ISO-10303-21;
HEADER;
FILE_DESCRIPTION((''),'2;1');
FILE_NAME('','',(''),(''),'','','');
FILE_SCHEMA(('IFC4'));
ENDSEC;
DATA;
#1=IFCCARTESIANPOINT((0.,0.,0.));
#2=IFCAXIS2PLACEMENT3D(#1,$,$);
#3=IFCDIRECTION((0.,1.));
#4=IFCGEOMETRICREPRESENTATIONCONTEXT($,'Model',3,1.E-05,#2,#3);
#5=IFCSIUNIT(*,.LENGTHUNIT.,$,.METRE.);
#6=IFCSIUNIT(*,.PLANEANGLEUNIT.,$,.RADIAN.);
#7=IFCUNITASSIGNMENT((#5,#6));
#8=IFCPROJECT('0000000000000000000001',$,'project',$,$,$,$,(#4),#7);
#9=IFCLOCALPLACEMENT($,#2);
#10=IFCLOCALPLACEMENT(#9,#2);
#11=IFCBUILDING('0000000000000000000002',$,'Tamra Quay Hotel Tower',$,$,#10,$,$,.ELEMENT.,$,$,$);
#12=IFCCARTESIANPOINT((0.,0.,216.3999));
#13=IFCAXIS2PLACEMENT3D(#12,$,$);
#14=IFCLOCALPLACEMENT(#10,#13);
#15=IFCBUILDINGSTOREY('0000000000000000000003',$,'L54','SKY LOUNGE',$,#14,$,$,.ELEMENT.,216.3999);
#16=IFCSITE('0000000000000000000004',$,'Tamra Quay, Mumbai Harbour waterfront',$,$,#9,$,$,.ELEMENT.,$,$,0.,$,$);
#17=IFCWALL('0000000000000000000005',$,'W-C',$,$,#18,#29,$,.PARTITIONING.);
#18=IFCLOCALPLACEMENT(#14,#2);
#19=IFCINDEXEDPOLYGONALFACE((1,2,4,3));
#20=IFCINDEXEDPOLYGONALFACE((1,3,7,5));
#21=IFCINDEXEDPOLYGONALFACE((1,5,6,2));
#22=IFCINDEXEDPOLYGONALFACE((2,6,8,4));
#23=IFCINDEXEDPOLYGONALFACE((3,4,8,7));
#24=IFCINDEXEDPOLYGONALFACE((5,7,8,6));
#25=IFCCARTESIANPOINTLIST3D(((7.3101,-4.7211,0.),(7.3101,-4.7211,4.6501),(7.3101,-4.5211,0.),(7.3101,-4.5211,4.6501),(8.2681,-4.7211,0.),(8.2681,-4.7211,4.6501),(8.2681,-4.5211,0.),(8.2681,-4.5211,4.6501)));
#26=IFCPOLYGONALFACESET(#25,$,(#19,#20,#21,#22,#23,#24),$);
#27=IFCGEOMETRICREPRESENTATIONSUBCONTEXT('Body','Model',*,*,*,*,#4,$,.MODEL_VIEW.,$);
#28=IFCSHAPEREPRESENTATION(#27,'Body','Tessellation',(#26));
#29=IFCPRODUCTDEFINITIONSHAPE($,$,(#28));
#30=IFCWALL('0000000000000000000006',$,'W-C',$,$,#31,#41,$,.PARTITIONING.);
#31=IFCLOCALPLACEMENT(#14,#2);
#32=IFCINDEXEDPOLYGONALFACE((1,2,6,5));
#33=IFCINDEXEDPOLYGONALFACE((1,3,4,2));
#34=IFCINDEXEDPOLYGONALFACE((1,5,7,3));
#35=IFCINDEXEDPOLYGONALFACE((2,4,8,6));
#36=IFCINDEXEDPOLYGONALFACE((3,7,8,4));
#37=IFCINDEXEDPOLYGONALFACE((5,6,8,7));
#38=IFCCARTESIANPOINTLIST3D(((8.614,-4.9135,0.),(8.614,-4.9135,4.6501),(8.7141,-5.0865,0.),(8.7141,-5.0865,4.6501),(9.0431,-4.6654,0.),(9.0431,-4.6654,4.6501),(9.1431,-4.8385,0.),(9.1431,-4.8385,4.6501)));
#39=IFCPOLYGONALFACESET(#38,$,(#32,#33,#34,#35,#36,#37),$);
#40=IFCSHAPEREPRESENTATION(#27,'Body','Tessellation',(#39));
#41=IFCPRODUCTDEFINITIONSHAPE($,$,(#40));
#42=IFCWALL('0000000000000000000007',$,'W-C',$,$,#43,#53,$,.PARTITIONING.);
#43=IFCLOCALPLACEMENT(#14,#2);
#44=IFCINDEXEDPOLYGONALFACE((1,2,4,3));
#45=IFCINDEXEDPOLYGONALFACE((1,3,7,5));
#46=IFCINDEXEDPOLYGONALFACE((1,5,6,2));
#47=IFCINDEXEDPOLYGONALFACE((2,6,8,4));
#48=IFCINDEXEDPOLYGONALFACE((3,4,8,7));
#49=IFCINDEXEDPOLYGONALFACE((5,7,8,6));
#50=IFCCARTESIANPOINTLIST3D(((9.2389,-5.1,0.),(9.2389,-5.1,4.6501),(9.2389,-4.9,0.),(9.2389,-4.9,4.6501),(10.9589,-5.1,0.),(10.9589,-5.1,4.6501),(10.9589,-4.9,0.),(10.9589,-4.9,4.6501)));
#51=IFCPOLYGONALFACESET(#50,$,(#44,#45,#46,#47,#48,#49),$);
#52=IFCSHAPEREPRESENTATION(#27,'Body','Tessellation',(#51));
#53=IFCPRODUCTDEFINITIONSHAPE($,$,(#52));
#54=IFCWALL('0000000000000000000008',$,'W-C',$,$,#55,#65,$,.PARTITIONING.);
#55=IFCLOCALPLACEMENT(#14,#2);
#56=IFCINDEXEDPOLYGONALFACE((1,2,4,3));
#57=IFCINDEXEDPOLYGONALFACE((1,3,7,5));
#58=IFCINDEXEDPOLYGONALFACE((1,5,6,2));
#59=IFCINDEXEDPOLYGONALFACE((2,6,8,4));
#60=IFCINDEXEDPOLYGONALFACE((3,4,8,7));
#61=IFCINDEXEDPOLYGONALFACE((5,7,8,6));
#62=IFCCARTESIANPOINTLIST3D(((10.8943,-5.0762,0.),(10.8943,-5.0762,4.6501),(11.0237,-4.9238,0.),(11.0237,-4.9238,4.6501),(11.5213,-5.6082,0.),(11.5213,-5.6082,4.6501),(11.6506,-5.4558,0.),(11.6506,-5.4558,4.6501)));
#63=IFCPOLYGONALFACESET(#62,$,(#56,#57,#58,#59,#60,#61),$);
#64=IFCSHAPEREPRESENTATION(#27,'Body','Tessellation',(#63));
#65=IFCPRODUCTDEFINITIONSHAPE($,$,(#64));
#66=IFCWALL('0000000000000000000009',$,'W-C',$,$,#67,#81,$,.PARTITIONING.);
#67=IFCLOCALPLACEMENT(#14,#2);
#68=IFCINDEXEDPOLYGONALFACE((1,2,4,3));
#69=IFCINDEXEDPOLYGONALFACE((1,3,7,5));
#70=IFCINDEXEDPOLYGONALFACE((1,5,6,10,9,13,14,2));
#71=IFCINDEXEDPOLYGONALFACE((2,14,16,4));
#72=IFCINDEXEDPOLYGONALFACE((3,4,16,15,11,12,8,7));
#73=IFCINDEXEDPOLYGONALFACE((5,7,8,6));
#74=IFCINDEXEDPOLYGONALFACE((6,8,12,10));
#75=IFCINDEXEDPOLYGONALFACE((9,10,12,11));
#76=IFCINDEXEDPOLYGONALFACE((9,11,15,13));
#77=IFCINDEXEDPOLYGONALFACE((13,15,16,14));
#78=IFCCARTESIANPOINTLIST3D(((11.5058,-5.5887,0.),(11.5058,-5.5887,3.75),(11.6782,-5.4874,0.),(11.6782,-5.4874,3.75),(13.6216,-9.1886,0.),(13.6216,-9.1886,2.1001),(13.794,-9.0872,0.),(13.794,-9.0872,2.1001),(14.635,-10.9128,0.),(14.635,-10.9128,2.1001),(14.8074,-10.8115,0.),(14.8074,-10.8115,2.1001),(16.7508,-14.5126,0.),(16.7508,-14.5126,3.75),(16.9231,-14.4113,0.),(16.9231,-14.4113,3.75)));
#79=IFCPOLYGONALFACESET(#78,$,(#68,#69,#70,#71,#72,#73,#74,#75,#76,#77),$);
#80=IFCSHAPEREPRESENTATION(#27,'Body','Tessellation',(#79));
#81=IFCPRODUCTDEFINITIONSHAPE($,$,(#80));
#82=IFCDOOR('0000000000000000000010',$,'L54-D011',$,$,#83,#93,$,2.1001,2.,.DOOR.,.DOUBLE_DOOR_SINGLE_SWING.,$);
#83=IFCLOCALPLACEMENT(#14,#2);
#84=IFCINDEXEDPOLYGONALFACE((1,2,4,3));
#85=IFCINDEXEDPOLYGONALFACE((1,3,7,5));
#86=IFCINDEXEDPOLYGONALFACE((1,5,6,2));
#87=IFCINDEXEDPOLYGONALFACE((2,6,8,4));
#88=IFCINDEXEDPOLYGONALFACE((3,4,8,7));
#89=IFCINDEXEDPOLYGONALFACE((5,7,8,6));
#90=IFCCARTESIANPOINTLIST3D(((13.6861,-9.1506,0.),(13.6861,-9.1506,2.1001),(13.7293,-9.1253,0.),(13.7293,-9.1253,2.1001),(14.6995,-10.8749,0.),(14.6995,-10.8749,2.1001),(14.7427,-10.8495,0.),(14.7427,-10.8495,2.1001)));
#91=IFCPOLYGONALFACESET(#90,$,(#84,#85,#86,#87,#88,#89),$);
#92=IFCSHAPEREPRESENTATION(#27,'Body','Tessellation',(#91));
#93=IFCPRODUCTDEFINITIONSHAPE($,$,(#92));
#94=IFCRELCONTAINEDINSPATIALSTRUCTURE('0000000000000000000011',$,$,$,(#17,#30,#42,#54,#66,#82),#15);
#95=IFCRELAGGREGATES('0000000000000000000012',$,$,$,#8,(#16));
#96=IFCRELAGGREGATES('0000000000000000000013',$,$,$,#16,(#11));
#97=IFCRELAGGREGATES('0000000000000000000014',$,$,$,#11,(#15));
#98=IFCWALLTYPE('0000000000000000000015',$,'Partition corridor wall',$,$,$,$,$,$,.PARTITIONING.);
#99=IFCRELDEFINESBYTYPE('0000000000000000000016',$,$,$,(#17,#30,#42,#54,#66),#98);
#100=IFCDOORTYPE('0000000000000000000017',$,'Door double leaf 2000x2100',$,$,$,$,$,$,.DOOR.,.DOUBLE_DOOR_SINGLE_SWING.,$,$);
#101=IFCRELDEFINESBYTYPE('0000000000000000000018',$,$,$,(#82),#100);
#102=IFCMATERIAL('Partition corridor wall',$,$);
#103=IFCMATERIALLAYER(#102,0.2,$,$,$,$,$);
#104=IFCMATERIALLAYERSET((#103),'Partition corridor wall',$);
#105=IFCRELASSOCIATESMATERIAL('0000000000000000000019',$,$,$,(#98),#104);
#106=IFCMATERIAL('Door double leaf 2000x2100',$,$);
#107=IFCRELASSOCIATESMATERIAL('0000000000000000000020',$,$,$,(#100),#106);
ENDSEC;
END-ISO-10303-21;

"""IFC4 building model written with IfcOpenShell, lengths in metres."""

from ifc_helpers import new_model, si_unit, direction, frame, frame_2d, origin, place, context, subcontext, project, spatial, rectangle, extrude, material, layer, layer_set, type_object, element, fill, save


model = new_model("IFC4")

# Units and contexts
model_context = context("Model", 3, precision=1e-05, world=origin(), true_north=direction((0.0, 1.0)))
body_context = subcontext(model_context, "Body", "Model", "MODEL_VIEW")
ifc_project = project(units=[si_unit("LENGTHUNIT", "METRE"), si_unit("PLANEANGLEUNIT", "RADIAN")], contexts=[model_context])

# Site, building, storey
site_placement = place(None, origin())
site = spatial("IfcSite", under=ifc_project, at=site_placement, Name="Tamra Quay, Mumbai Harbour waterfront", CompositionType="ELEMENT", RefElevation=0.0)
building_placement = place(site_placement, origin())
building = spatial("IfcBuilding", under=site, at=building_placement, Name="Tamra Quay Hotel Tower", CompositionType="ELEMENT")
storey_placement = place(building_placement, frame((0.0, 0.0, 216.3999)))
storey = spatial("IfcBuildingStorey", under=building, at=storey_placement, Name="L54", Description="SKY LOUNGE", CompositionType="ELEMENT", Elevation=216.3999)

# Shared definitions
ifc_material_1 = material(Name="Partition corridor wall")
ifc_layer_1 = layer(ifc_material_1, 0.2)
ifc_layer_set_1 = layer_set([ifc_layer_1], Name="Partition corridor wall")
wall_type_1 = type_object("IfcWallType", Name="Partition corridor wall", PredefinedType="PARTITIONING", material=ifc_layer_set_1)

# Walls
wall_1_placement = place(storey_placement, frame((7.3101, -4.6211, 0.0), z_axis=(0.0, 0.0, 1.0), x_axis=(1.0, 0.0, 0.0)))
element("IfcWall", 1, at=wall_1_placement, inside=storey, type_object=wall_type_1, Name="W-C", PredefinedType="PARTITIONING", context=body_context, shape_type="SweptSolid", body=[
    extrude(rectangle(XDim=0.958, YDim=0.2, at=frame_2d((0.479, 0.0))), origin(), (0.0, 0.0, 1.0), 4.6501),
])
wall_2_placement = place(storey_placement, frame((8.6641, -5.0, 0.0), z_axis=(0.0, 0.0, 1.0), x_axis=(0.865685, 0.500589, 0.0)))
element("IfcWall", 2, at=wall_2_placement, inside=storey, type_object=wall_type_1, Name="W-C", PredefinedType="PARTITIONING", context=body_context, shape_type="SweptSolid", body=[
    extrude(rectangle(XDim=0.4956, YDim=0.2, at=frame_2d((0.2478, 0.0))), origin(), (0.0, 0.0, 1.0), 4.6501),
])
wall_3_placement = place(storey_placement, frame((9.239, -5.0, 0.0), z_axis=(0.0, 0.0, 1.0), x_axis=(1.0, 0.0, 0.0)))
element("IfcWall", 3, at=wall_3_placement, inside=storey, type_object=wall_type_1, Name="W-C", PredefinedType="PARTITIONING", context=body_context, shape_type="SweptSolid", body=[
    extrude(rectangle(XDim=1.72, YDim=0.2, at=frame_2d((0.8599, 0.0))), origin(), (0.0, 0.0, 1.0), 4.6501),
])
wall_4_placement = place(storey_placement, frame((10.959, -5.0, 0.0), z_axis=(0.0, 0.0, 1.0), x_axis=(0.762496, -0.646993, 0.0)))
element("IfcWall", 4, at=wall_4_placement, inside=storey, type_object=wall_type_1, Name="W-C", PredefinedType="PARTITIONING", context=body_context, shape_type="SweptSolid", body=[
    extrude(rectangle(XDim=0.8223, YDim=0.2, at=frame_2d((0.4111, 0.0))), origin(), (0.0, 0.0, 1.0), 4.6501),
])

# Wall, opening, door
wall_5_placement = place(storey_placement, frame((11.592, -5.5381, 0.0), z_axis=(0.0, 0.0, 1.0), x_axis=(0.506702, -0.862122, 0.0)))
wall_5 = element("IfcWall", 5, at=wall_5_placement, inside=storey, type_object=wall_type_1, Name="W-C", PredefinedType="PARTITIONING", context=body_context, shape_type="SweptSolid", body=[
    extrude(rectangle(XDim=10.3511, YDim=0.2, at=frame_2d((5.1755, 0.0))), origin(), (0.0, 0.0, 1.0), 3.75),
])
opening_1_placement = place(wall_5_placement, frame((4.1755, 0.0, 0.0)))
opening_1 = element("IfcOpeningElement", 6, at=opening_1_placement, cuts=wall_5, PredefinedType="OPENING", context=body_context, shape_type="SweptSolid", body=[
    extrude(rectangle(XDim=2.0, YDim=2.1001, at=frame_2d((1.0, 1.05))), frame((0.0, 0.1099, 0.0), z_axis=(0.0, -1.0, 0.0), x_axis=(1.0, 0.0, 0.0)), (0.0, 0.0, 1.0), 0.22),
])
ifc_material_2 = material(Name="Door double leaf 2000x2100")
door_type_1 = type_object("IfcDoorType", Name="Door double leaf 2000x2100", OperationType="DOUBLE_DOOR_SINGLE_SWING", PredefinedType="DOOR", material=ifc_material_2)
door_1_placement = place(opening_1_placement, origin())
door_1 = element("IfcDoor", 7, at=door_1_placement, inside=storey, type_object=door_type_1, Name="L54-D011", OperationType="DOUBLE_DOOR_SINGLE_SWING", OverallHeight=2.1001, OverallWidth=2.0, PredefinedType="DOOR", context=body_context, shape_type="SweptSolid", body=[
    extrude(rectangle(XDim=2.0, YDim=2.1001, at=frame_2d((1.0, 1.05))), frame((0.0, 0.0249, 0.0), z_axis=(0.0, -1.0, 0.0), x_axis=(1.0, 0.0, 0.0)), (0.0, 0.0, 1.0), 0.05),
])
fill(opening_1, door_1)

save(model, "model.ifc")
